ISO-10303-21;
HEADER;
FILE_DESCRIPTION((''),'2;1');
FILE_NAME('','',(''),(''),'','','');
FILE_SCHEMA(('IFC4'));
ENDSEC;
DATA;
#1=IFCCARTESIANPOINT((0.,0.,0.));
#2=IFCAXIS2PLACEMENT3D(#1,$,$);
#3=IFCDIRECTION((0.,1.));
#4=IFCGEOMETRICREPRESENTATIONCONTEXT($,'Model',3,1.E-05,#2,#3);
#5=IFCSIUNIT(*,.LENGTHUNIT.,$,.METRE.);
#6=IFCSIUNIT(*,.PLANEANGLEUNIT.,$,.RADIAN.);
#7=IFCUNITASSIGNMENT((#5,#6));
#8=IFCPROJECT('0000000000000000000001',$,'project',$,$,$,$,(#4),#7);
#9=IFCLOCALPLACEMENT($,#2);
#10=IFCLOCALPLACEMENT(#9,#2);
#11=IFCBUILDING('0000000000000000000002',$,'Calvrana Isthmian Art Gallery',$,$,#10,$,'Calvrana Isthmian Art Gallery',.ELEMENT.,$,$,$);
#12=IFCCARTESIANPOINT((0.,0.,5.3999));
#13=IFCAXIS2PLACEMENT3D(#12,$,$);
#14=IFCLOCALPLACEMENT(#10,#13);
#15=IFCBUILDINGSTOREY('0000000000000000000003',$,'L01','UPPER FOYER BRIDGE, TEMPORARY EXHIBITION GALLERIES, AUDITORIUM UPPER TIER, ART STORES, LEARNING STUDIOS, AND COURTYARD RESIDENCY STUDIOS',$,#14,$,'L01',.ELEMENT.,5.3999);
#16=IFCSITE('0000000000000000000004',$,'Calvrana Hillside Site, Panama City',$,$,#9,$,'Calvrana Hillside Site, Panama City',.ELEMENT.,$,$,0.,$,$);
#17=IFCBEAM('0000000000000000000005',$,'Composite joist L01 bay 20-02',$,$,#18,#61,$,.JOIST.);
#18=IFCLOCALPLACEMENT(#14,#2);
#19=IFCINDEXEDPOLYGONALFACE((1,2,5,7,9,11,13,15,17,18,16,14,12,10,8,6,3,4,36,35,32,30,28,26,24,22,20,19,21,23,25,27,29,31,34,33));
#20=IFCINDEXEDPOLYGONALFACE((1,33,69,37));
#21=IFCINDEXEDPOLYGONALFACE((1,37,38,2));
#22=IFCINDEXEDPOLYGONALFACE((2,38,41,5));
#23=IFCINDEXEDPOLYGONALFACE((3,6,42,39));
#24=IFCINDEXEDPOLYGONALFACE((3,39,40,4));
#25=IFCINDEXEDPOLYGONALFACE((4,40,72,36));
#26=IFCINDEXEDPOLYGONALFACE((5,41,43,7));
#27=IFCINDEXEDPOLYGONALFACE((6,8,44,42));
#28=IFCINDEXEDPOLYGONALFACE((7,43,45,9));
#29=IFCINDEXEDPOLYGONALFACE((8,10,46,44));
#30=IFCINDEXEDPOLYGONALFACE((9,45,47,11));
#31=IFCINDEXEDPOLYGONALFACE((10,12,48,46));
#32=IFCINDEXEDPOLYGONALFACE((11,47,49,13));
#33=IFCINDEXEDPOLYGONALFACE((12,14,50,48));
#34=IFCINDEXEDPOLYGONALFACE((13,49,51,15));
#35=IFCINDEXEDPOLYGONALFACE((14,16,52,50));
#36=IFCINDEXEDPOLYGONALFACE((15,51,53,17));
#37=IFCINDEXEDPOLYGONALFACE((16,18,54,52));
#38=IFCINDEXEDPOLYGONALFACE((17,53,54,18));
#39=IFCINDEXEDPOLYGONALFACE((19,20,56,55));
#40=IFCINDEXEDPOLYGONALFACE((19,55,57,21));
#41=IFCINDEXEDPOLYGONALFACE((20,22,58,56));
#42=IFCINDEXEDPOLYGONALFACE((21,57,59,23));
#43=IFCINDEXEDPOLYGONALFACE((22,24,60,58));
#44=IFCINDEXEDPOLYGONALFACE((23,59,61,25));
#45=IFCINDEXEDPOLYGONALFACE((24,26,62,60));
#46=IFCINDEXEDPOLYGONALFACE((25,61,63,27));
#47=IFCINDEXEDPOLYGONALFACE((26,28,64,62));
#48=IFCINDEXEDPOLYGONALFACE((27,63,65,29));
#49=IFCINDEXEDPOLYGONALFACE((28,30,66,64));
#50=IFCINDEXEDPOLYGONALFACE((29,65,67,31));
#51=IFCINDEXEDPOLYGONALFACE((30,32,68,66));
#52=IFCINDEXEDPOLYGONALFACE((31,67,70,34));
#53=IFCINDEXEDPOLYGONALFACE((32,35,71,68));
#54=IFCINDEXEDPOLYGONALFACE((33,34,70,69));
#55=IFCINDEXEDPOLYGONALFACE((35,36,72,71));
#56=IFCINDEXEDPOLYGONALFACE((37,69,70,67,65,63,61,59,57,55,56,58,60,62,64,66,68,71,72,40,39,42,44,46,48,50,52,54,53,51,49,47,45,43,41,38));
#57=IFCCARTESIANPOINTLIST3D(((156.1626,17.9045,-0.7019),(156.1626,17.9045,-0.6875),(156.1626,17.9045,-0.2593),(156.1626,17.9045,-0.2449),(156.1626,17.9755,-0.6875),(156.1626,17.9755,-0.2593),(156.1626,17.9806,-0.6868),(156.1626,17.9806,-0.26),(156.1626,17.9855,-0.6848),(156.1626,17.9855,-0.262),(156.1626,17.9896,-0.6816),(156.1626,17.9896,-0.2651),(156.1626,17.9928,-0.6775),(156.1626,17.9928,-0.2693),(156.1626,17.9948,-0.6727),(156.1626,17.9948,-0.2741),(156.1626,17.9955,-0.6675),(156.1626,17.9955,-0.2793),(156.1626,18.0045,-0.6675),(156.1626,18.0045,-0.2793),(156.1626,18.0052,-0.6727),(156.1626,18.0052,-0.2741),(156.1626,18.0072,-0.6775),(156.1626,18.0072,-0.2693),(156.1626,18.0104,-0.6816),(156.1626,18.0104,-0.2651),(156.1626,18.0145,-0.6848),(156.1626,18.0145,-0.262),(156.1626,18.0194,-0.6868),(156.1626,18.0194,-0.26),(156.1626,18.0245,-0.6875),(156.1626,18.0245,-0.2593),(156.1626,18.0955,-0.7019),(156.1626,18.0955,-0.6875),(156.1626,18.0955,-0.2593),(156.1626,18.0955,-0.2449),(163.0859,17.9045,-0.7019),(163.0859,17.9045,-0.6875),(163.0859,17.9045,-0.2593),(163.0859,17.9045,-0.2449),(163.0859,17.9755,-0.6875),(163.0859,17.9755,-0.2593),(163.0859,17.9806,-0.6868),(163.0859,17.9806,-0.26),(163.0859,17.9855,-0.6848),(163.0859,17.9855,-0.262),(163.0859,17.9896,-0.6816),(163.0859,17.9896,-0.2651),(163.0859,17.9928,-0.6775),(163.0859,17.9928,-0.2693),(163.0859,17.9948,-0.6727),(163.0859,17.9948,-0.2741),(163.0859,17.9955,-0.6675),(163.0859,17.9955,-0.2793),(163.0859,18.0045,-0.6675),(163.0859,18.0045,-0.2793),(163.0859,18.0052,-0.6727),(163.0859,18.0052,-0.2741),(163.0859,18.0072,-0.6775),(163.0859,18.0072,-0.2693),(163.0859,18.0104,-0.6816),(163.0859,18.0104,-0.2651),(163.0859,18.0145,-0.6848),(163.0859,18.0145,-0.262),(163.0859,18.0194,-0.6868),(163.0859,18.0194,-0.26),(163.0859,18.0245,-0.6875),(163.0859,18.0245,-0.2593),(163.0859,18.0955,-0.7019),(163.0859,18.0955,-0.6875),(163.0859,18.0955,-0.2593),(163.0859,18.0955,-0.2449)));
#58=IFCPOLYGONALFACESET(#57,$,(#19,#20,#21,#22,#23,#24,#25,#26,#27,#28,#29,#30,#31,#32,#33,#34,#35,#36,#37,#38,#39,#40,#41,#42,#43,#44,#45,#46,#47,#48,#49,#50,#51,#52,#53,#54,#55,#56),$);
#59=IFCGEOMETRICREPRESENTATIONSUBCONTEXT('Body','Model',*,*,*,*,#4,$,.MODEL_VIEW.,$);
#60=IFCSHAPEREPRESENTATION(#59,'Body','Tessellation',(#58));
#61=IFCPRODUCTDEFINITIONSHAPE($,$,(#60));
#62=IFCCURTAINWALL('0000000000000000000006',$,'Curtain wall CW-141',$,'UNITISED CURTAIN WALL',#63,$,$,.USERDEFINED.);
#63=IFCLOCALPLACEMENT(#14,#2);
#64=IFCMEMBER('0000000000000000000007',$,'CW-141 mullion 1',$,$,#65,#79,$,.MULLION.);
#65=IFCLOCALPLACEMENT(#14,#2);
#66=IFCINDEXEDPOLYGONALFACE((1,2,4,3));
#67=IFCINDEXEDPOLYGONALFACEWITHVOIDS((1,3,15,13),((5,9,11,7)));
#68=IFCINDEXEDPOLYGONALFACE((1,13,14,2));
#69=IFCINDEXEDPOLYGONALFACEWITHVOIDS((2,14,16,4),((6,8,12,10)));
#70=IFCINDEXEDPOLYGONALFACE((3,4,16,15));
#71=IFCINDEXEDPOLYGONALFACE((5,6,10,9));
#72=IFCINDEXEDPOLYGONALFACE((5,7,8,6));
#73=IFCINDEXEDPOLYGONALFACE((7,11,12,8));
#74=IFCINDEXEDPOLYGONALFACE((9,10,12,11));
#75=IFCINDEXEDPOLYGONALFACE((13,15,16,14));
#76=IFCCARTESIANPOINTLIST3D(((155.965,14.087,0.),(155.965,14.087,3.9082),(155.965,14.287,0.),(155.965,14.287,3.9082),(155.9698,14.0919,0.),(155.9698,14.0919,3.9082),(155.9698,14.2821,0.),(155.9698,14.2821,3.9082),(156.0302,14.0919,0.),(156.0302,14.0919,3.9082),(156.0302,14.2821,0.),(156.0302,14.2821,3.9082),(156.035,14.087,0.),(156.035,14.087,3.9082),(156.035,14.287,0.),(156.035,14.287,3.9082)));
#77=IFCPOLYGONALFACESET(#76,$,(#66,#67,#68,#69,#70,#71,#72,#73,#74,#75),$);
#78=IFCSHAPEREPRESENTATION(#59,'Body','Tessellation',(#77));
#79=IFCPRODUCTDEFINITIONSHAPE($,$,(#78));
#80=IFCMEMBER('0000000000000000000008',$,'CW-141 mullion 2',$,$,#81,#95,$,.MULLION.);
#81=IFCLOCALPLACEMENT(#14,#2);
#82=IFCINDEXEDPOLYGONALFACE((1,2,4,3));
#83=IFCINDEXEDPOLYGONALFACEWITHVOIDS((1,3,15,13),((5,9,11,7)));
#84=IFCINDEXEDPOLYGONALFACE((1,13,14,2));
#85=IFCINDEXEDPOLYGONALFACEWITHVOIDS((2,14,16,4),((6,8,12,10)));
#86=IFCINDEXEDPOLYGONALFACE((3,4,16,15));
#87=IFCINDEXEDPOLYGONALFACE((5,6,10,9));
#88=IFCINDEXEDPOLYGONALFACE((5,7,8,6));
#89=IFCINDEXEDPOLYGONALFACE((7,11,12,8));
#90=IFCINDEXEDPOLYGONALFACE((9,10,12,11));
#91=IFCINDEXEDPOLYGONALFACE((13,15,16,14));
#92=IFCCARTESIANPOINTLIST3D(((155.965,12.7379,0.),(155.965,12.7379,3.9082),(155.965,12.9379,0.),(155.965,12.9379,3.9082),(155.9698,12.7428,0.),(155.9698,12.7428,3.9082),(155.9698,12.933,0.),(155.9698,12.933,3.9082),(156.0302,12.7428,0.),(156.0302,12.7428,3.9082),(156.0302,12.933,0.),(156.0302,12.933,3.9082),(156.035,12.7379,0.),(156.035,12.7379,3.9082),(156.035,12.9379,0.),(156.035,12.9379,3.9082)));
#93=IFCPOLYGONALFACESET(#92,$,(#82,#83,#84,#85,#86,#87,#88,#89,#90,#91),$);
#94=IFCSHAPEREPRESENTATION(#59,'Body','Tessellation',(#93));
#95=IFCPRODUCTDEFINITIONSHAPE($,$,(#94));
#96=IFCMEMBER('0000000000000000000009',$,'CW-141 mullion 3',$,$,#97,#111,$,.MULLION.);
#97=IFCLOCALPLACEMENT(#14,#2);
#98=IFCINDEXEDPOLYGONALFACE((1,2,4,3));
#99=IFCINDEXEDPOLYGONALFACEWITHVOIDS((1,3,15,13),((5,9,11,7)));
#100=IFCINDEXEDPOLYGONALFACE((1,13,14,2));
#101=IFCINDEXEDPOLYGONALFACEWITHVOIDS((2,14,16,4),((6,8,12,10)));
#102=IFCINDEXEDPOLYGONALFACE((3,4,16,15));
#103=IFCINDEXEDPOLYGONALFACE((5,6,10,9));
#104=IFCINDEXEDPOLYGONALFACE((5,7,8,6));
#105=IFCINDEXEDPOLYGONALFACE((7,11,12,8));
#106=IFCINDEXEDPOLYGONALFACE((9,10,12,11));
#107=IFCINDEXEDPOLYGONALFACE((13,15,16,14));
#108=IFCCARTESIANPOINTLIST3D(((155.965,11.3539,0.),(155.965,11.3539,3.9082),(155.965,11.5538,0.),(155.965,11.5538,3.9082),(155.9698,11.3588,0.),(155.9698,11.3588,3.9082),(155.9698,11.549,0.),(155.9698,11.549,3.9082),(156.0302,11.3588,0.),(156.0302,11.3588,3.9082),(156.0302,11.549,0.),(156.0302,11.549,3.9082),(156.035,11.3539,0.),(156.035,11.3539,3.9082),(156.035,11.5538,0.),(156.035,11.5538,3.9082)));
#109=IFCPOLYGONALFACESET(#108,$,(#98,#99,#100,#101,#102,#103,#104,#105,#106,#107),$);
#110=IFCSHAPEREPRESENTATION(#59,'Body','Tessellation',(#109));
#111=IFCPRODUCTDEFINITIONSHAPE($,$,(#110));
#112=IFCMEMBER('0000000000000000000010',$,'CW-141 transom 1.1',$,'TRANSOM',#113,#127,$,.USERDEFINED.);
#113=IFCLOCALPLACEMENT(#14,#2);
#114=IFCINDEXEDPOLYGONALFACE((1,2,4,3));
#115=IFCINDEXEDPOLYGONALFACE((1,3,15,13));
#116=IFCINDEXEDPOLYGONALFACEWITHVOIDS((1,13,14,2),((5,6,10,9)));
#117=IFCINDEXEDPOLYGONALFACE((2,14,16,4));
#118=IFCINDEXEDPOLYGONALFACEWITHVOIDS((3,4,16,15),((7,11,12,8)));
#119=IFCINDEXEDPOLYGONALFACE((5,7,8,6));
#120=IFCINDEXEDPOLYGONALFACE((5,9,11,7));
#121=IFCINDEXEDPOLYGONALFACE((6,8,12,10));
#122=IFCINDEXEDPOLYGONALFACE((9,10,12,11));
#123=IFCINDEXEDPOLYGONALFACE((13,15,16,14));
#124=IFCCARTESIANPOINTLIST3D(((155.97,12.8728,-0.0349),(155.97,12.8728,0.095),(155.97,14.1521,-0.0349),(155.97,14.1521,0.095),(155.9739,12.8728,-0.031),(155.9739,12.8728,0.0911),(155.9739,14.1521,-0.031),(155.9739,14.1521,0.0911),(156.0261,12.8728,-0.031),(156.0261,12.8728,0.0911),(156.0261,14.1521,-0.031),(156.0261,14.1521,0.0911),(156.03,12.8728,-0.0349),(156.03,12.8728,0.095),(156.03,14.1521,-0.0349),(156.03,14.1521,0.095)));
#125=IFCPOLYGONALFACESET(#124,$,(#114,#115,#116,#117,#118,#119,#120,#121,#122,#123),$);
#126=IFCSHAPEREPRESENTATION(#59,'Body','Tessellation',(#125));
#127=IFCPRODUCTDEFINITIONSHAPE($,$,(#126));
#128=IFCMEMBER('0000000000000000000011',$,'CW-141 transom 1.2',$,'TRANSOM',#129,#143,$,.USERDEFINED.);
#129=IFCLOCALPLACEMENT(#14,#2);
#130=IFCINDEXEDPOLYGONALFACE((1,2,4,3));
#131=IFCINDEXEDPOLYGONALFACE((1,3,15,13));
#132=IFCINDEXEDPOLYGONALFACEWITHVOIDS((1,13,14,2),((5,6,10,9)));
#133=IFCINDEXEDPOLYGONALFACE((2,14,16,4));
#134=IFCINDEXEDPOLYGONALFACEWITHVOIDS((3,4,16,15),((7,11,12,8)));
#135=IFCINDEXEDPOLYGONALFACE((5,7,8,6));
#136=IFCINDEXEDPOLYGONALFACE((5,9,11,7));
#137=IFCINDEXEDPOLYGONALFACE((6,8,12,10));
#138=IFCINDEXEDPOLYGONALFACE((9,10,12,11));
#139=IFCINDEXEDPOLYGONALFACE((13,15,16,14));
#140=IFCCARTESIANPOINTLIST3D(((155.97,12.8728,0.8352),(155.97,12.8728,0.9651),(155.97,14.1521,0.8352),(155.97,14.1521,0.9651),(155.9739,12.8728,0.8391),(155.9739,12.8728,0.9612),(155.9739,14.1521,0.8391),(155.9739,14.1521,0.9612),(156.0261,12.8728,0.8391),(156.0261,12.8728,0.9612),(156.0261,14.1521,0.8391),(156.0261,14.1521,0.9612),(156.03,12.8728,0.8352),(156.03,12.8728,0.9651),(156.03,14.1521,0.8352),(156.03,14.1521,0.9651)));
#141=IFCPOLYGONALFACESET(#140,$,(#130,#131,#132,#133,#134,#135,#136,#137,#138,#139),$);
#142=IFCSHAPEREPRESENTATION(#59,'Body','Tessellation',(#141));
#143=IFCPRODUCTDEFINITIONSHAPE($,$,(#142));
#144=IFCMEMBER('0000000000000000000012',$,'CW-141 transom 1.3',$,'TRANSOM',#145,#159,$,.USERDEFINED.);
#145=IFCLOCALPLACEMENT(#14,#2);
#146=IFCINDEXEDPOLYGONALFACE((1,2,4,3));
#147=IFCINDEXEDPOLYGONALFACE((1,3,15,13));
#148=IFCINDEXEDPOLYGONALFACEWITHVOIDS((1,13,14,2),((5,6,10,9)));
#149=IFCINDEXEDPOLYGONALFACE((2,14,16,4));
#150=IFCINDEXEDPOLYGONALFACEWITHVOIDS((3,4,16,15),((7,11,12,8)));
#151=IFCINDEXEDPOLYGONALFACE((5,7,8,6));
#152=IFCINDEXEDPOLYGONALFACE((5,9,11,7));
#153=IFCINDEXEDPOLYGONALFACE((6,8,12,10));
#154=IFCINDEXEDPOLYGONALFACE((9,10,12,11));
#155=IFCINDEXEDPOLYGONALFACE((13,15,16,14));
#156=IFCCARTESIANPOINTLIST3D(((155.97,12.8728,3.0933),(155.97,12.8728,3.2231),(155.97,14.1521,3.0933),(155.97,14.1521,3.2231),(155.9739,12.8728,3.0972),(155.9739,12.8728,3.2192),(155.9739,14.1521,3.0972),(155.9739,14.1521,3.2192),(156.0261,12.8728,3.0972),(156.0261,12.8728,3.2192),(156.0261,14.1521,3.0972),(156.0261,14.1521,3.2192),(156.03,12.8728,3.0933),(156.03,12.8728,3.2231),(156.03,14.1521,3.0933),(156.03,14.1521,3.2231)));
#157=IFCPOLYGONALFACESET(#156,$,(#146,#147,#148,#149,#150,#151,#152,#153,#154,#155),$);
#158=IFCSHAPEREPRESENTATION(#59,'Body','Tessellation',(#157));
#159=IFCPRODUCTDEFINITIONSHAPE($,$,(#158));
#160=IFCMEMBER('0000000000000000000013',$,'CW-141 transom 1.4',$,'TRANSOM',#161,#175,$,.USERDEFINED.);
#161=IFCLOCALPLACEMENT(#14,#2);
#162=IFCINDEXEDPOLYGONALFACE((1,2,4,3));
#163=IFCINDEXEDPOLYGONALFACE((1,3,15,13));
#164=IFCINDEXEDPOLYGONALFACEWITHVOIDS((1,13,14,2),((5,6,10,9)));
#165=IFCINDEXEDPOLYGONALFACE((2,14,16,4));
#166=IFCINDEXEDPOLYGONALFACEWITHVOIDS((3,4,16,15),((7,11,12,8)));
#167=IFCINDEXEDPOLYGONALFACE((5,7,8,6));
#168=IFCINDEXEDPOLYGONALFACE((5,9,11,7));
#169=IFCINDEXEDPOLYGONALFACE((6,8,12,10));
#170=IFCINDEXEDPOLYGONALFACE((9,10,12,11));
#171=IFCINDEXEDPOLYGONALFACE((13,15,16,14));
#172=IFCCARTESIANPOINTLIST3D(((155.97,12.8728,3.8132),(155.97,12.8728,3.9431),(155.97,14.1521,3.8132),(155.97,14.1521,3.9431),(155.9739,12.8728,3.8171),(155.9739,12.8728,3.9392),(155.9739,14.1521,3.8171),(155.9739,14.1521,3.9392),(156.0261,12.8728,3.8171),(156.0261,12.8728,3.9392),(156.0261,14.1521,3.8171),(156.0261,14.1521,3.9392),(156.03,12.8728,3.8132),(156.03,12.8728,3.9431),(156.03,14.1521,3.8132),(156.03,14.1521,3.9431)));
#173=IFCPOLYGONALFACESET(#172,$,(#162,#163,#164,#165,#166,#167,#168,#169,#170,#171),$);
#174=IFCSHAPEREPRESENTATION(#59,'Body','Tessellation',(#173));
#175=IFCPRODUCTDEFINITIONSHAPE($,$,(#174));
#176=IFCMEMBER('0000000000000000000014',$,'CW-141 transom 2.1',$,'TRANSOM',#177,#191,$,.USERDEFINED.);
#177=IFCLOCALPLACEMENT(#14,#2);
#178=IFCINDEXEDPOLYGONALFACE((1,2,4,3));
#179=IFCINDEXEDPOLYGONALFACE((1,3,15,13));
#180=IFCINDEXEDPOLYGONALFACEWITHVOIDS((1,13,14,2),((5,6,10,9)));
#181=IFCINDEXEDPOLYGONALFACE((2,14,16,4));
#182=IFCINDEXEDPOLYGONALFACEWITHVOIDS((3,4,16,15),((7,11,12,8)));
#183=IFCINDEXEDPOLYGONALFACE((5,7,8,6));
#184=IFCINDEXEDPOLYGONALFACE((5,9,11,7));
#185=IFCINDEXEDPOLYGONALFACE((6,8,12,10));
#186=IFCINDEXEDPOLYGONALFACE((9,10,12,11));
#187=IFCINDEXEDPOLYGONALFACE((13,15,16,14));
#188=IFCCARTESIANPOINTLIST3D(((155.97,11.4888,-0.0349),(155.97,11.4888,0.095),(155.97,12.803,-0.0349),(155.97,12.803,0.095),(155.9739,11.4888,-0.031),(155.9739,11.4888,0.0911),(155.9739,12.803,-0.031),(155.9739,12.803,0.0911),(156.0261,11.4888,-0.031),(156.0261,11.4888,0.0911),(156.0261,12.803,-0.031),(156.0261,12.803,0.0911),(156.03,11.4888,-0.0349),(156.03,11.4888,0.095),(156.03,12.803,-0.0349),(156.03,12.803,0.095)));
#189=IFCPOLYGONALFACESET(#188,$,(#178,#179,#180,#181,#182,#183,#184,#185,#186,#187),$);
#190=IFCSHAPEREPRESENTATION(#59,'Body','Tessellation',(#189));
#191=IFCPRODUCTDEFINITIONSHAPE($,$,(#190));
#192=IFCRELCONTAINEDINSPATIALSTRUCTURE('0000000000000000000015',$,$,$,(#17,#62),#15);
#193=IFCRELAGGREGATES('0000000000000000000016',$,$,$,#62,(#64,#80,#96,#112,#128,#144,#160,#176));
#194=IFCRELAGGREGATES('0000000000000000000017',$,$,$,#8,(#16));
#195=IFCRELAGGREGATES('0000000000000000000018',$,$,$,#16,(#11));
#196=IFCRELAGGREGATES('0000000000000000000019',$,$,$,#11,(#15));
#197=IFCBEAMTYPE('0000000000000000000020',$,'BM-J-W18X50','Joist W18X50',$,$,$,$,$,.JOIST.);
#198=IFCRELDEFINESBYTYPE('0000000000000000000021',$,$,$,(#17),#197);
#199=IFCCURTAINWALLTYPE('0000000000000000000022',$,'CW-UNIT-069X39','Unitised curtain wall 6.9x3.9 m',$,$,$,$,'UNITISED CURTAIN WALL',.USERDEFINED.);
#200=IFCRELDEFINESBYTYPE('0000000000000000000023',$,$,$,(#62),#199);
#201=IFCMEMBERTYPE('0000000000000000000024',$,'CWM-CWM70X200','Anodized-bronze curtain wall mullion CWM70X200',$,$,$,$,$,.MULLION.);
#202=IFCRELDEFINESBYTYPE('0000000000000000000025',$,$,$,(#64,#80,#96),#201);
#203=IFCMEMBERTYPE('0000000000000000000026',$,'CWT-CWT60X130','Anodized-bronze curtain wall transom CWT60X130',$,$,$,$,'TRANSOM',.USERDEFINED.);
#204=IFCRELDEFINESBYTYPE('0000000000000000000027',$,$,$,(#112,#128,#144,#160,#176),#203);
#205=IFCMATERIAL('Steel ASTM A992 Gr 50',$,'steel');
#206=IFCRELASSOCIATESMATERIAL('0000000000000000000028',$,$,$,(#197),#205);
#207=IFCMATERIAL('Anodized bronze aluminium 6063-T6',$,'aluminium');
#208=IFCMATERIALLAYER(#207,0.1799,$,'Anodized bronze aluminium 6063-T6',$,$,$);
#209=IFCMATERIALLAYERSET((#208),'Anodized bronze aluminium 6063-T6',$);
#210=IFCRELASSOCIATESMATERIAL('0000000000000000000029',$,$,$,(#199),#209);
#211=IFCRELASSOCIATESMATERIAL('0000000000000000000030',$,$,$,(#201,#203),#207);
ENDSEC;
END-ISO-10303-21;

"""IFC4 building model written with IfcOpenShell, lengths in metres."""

from ifc_helpers import new_model, si_unit, direction, frame, origin, origin_2d, place, context, subcontext, project, spatial, hollow_rectangle, i_section, extrude, material, layer, layer_set, material_profile, profile_set, type_object, element, aggregate, save


model = new_model("IFC4")

# Units and contexts
model_context = context("Model", 3, precision=1e-05, world=origin(), true_north=direction((0.0, 1.0)))
body_context = subcontext(model_context, "Body", "Model", "MODEL_VIEW")
ifc_project = project(units=[si_unit("LENGTHUNIT", "METRE"), si_unit("PLANEANGLEUNIT", "RADIAN")], contexts=[model_context])

# Site, building, storey
site_placement = place(None, origin())
site = spatial("IfcSite", under=ifc_project, at=site_placement, Name="Calvrana Hillside Site, Panama City", LongName="Calvrana Hillside Site, Panama City", CompositionType="ELEMENT", RefElevation=0.0)
building_placement = place(site_placement, origin())
building = spatial("IfcBuilding", under=site, at=building_placement, Name="Calvrana Isthmian Art Gallery", LongName="Calvrana Isthmian Art Gallery", CompositionType="ELEMENT")
storey_placement = place(building_placement, frame((0.0, 0.0, 5.3999)))
storey = spatial("IfcBuildingStorey", under=building, at=storey_placement, Name="L01", Description="UPPER FOYER BRIDGE, TEMPORARY EXHIBITION GALLERIES, AUDITORIUM UPPER TIER, ART STORES, LEARNING STUDIOS, AND COURTYARD RESIDENCY STUDIOS", LongName="L01", CompositionType="ELEMENT", Elevation=5.3999)

# Shared definitions
ifc_material_1 = material(Name="Steel ASTM A992 Gr 50", Category="steel")

# Beam
ifc_material_profile_1 = material_profile(ifc_material_1, i_section(OverallWidth=0.1909, OverallDepth=0.457, WebThickness=0.009, FlangeThickness=0.0144, FilletRadius=0.02, at=origin_2d()), Name="W18X50")
ifc_profile_set_1 = profile_set([ifc_material_profile_1], Name="Steel ASTM A992 Gr 50")
beam_type_1 = type_object("IfcBeamType", Name="BM-J-W18X50", Description="Joist W18X50", PredefinedType="JOIST", material=ifc_profile_set_1)
beam_1_placement = place(storey_placement, frame((156.1626, 18.0, -0.4734), z_axis=(1.0, 0.0, 0.0), x_axis=(0.0, 1.0, 0.0)))
element("IfcBeam", 1, at=beam_1_placement, inside=storey, type_object=beam_type_1, Name="Composite joist L01 bay 20-02", PredefinedType="JOIST", context=body_context, shape_type="SweptSolid", body=[
    extrude(i_section(OverallWidth=0.1909, OverallDepth=0.457, WebThickness=0.009, FlangeThickness=0.0144, FilletRadius=0.02, at=origin_2d()), origin(), (0.0, 0.0, 1.0), 6.9233),
])

# Curtain wall, members
ifc_material_2 = material(Name="Anodized bronze aluminium 6063-T6", Category="aluminium")
ifc_layer_1 = layer(ifc_material_2, 0.1799, Name="Anodized bronze aluminium 6063-T6")
ifc_layer_set_1 = layer_set([ifc_layer_1], Name="Anodized bronze aluminium 6063-T6")
curtain_wall_type = type_object("IfcCurtainWallType", Name="CW-UNIT-069X39", Description="Unitised curtain wall 6.9x3.9 m", ElementType="UNITISED CURTAIN WALL", PredefinedType="USERDEFINED", material=ifc_layer_set_1)
curtain_wall_placement = place(storey_placement, origin())
curtain_wall = element("IfcCurtainWall", 2, at=curtain_wall_placement, inside=storey, type_object=curtain_wall_type, Name="Curtain wall CW-141", ObjectType="UNITISED CURTAIN WALL", PredefinedType="USERDEFINED")
ifc_material_profile_2 = material_profile(ifc_material_2, hollow_rectangle(XDim=0.0701, YDim=0.2, WallThickness=0.0049, at=origin_2d()), Name="CWM70X200")
ifc_profile_set_2 = profile_set([ifc_material_profile_2], Name="Anodized bronze aluminium 6063-T6")
member_type_1 = type_object("IfcMemberType", Name="CWM-CWM70X200", Description="Anodized-bronze curtain wall mullion CWM70X200", PredefinedType="MULLION", material=ifc_profile_set_2)
member_1_placement = place(storey_placement, frame((156.0, 14.187, 0.0), z_axis=(0.0, 0.0, 1.0), x_axis=(1.0, 0.0, 0.0)))
member_1 = element("IfcMember", 3, at=member_1_placement, type_object=member_type_1, Name="CW-141 mullion 1", PredefinedType="MULLION", context=body_context, shape_type="SweptSolid", body=[
    extrude(hollow_rectangle(XDim=0.0701, YDim=0.2, WallThickness=0.0049, at=origin_2d()), origin(), (0.0, 0.0, 1.0), 3.9082),
])
member_2_placement = place(storey_placement, frame((156.0, 12.8379, 0.0), z_axis=(0.0, 0.0, 1.0), x_axis=(1.0, 0.0, 0.0)))
member_2 = element("IfcMember", 4, at=member_2_placement, type_object=member_type_1, Name="CW-141 mullion 2", PredefinedType="MULLION", context=body_context, shape_type="SweptSolid", body=[
    extrude(hollow_rectangle(XDim=0.0701, YDim=0.2, WallThickness=0.0049, at=origin_2d()), origin(), (0.0, 0.0, 1.0), 3.9082),
])
member_3_placement = place(storey_placement, frame((156.0, 11.4539, 0.0), z_axis=(0.0, 0.0, 1.0), x_axis=(1.0, 0.0, 0.0)))
member_3 = element("IfcMember", 5, at=member_3_placement, type_object=member_type_1, Name="CW-141 mullion 3", PredefinedType="MULLION", context=body_context, shape_type="SweptSolid", body=[
    extrude(hollow_rectangle(XDim=0.0701, YDim=0.2, WallThickness=0.0049, at=origin_2d()), origin(), (0.0, 0.0, 1.0), 3.9082),
])
ifc_material_profile_3 = material_profile(ifc_material_2, hollow_rectangle(XDim=0.0601, YDim=0.1299, WallThickness=0.0039, at=origin_2d()), Name="CWT60X130")
ifc_profile_set_3 = profile_set([ifc_material_profile_3], Name="Anodized bronze aluminium 6063-T6")
member_type_2 = type_object("IfcMemberType", Name="CWT-CWT60X130", Description="Anodized-bronze curtain wall transom CWT60X130", ElementType="TRANSOM", PredefinedType="USERDEFINED", material=ifc_profile_set_3)
member_4_placement = place(storey_placement, frame((156.0, 14.1521, 0.03), z_axis=(0.0, -1.0, 0.0), x_axis=(1.0, 0.0, 0.0)))
member_4 = element("IfcMember", 6, at=member_4_placement, type_object=member_type_2, Name="CW-141 transom 1.1", ObjectType="TRANSOM", PredefinedType="USERDEFINED", context=body_context, shape_type="SweptSolid", body=[
    extrude(hollow_rectangle(XDim=0.0601, YDim=0.1299, WallThickness=0.0039, at=origin_2d()), origin(), (0.0, 0.0, 1.0), 1.2793),
])
member_5_placement = place(storey_placement, frame((156.0, 14.1521, 0.9001), z_axis=(0.0, -1.0, 0.0), x_axis=(1.0, 0.0, 0.0)))
member_5 = element("IfcMember", 7, at=member_5_placement, type_object=member_type_2, Name="CW-141 transom 1.2", ObjectType="TRANSOM", PredefinedType="USERDEFINED", context=body_context, shape_type="SweptSolid", body=[
    extrude(hollow_rectangle(XDim=0.0601, YDim=0.1299, WallThickness=0.0039, at=origin_2d()), origin(), (0.0, 0.0, 1.0), 1.2793),
])
member_6_placement = place(storey_placement, frame((156.0, 14.1521, 3.1582), z_axis=(0.0, -1.0, 0.0), x_axis=(1.0, 0.0, 0.0)))
member_6 = element("IfcMember", 8, at=member_6_placement, type_object=member_type_2, Name="CW-141 transom 1.3", ObjectType="TRANSOM", PredefinedType="USERDEFINED", context=body_context, shape_type="SweptSolid", body=[
    extrude(hollow_rectangle(XDim=0.0601, YDim=0.1299, WallThickness=0.0039, at=origin_2d()), origin(), (0.0, 0.0, 1.0), 1.2793),
])
member_7_placement = place(storey_placement, frame((156.0, 14.1521, 3.8782), z_axis=(0.0, -1.0, 0.0), x_axis=(1.0, 0.0, 0.0)))
member_7 = element("IfcMember", 9, at=member_7_placement, type_object=member_type_2, Name="CW-141 transom 1.4", ObjectType="TRANSOM", PredefinedType="USERDEFINED", context=body_context, shape_type="SweptSolid", body=[
    extrude(hollow_rectangle(XDim=0.0601, YDim=0.1299, WallThickness=0.0039, at=origin_2d()), origin(), (0.0, 0.0, 1.0), 1.2793),
])
member_8_placement = place(storey_placement, frame((156.0, 12.803, 0.03), z_axis=(0.0, -1.0, 0.0), x_axis=(1.0, 0.0, 0.0)))
member_8 = element("IfcMember", 10, at=member_8_placement, type_object=member_type_2, Name="CW-141 transom 2.1", ObjectType="TRANSOM", PredefinedType="USERDEFINED", context=body_context, shape_type="SweptSolid", body=[
    extrude(hollow_rectangle(XDim=0.0601, YDim=0.1299, WallThickness=0.0039, at=origin_2d()), origin(), (0.0, 0.0, 1.0), 1.3142),
])
aggregate(curtain_wall, [member_1, member_2, member_3, member_4, member_5, member_6, member_7, member_8])

save(model, "model.ifc")
